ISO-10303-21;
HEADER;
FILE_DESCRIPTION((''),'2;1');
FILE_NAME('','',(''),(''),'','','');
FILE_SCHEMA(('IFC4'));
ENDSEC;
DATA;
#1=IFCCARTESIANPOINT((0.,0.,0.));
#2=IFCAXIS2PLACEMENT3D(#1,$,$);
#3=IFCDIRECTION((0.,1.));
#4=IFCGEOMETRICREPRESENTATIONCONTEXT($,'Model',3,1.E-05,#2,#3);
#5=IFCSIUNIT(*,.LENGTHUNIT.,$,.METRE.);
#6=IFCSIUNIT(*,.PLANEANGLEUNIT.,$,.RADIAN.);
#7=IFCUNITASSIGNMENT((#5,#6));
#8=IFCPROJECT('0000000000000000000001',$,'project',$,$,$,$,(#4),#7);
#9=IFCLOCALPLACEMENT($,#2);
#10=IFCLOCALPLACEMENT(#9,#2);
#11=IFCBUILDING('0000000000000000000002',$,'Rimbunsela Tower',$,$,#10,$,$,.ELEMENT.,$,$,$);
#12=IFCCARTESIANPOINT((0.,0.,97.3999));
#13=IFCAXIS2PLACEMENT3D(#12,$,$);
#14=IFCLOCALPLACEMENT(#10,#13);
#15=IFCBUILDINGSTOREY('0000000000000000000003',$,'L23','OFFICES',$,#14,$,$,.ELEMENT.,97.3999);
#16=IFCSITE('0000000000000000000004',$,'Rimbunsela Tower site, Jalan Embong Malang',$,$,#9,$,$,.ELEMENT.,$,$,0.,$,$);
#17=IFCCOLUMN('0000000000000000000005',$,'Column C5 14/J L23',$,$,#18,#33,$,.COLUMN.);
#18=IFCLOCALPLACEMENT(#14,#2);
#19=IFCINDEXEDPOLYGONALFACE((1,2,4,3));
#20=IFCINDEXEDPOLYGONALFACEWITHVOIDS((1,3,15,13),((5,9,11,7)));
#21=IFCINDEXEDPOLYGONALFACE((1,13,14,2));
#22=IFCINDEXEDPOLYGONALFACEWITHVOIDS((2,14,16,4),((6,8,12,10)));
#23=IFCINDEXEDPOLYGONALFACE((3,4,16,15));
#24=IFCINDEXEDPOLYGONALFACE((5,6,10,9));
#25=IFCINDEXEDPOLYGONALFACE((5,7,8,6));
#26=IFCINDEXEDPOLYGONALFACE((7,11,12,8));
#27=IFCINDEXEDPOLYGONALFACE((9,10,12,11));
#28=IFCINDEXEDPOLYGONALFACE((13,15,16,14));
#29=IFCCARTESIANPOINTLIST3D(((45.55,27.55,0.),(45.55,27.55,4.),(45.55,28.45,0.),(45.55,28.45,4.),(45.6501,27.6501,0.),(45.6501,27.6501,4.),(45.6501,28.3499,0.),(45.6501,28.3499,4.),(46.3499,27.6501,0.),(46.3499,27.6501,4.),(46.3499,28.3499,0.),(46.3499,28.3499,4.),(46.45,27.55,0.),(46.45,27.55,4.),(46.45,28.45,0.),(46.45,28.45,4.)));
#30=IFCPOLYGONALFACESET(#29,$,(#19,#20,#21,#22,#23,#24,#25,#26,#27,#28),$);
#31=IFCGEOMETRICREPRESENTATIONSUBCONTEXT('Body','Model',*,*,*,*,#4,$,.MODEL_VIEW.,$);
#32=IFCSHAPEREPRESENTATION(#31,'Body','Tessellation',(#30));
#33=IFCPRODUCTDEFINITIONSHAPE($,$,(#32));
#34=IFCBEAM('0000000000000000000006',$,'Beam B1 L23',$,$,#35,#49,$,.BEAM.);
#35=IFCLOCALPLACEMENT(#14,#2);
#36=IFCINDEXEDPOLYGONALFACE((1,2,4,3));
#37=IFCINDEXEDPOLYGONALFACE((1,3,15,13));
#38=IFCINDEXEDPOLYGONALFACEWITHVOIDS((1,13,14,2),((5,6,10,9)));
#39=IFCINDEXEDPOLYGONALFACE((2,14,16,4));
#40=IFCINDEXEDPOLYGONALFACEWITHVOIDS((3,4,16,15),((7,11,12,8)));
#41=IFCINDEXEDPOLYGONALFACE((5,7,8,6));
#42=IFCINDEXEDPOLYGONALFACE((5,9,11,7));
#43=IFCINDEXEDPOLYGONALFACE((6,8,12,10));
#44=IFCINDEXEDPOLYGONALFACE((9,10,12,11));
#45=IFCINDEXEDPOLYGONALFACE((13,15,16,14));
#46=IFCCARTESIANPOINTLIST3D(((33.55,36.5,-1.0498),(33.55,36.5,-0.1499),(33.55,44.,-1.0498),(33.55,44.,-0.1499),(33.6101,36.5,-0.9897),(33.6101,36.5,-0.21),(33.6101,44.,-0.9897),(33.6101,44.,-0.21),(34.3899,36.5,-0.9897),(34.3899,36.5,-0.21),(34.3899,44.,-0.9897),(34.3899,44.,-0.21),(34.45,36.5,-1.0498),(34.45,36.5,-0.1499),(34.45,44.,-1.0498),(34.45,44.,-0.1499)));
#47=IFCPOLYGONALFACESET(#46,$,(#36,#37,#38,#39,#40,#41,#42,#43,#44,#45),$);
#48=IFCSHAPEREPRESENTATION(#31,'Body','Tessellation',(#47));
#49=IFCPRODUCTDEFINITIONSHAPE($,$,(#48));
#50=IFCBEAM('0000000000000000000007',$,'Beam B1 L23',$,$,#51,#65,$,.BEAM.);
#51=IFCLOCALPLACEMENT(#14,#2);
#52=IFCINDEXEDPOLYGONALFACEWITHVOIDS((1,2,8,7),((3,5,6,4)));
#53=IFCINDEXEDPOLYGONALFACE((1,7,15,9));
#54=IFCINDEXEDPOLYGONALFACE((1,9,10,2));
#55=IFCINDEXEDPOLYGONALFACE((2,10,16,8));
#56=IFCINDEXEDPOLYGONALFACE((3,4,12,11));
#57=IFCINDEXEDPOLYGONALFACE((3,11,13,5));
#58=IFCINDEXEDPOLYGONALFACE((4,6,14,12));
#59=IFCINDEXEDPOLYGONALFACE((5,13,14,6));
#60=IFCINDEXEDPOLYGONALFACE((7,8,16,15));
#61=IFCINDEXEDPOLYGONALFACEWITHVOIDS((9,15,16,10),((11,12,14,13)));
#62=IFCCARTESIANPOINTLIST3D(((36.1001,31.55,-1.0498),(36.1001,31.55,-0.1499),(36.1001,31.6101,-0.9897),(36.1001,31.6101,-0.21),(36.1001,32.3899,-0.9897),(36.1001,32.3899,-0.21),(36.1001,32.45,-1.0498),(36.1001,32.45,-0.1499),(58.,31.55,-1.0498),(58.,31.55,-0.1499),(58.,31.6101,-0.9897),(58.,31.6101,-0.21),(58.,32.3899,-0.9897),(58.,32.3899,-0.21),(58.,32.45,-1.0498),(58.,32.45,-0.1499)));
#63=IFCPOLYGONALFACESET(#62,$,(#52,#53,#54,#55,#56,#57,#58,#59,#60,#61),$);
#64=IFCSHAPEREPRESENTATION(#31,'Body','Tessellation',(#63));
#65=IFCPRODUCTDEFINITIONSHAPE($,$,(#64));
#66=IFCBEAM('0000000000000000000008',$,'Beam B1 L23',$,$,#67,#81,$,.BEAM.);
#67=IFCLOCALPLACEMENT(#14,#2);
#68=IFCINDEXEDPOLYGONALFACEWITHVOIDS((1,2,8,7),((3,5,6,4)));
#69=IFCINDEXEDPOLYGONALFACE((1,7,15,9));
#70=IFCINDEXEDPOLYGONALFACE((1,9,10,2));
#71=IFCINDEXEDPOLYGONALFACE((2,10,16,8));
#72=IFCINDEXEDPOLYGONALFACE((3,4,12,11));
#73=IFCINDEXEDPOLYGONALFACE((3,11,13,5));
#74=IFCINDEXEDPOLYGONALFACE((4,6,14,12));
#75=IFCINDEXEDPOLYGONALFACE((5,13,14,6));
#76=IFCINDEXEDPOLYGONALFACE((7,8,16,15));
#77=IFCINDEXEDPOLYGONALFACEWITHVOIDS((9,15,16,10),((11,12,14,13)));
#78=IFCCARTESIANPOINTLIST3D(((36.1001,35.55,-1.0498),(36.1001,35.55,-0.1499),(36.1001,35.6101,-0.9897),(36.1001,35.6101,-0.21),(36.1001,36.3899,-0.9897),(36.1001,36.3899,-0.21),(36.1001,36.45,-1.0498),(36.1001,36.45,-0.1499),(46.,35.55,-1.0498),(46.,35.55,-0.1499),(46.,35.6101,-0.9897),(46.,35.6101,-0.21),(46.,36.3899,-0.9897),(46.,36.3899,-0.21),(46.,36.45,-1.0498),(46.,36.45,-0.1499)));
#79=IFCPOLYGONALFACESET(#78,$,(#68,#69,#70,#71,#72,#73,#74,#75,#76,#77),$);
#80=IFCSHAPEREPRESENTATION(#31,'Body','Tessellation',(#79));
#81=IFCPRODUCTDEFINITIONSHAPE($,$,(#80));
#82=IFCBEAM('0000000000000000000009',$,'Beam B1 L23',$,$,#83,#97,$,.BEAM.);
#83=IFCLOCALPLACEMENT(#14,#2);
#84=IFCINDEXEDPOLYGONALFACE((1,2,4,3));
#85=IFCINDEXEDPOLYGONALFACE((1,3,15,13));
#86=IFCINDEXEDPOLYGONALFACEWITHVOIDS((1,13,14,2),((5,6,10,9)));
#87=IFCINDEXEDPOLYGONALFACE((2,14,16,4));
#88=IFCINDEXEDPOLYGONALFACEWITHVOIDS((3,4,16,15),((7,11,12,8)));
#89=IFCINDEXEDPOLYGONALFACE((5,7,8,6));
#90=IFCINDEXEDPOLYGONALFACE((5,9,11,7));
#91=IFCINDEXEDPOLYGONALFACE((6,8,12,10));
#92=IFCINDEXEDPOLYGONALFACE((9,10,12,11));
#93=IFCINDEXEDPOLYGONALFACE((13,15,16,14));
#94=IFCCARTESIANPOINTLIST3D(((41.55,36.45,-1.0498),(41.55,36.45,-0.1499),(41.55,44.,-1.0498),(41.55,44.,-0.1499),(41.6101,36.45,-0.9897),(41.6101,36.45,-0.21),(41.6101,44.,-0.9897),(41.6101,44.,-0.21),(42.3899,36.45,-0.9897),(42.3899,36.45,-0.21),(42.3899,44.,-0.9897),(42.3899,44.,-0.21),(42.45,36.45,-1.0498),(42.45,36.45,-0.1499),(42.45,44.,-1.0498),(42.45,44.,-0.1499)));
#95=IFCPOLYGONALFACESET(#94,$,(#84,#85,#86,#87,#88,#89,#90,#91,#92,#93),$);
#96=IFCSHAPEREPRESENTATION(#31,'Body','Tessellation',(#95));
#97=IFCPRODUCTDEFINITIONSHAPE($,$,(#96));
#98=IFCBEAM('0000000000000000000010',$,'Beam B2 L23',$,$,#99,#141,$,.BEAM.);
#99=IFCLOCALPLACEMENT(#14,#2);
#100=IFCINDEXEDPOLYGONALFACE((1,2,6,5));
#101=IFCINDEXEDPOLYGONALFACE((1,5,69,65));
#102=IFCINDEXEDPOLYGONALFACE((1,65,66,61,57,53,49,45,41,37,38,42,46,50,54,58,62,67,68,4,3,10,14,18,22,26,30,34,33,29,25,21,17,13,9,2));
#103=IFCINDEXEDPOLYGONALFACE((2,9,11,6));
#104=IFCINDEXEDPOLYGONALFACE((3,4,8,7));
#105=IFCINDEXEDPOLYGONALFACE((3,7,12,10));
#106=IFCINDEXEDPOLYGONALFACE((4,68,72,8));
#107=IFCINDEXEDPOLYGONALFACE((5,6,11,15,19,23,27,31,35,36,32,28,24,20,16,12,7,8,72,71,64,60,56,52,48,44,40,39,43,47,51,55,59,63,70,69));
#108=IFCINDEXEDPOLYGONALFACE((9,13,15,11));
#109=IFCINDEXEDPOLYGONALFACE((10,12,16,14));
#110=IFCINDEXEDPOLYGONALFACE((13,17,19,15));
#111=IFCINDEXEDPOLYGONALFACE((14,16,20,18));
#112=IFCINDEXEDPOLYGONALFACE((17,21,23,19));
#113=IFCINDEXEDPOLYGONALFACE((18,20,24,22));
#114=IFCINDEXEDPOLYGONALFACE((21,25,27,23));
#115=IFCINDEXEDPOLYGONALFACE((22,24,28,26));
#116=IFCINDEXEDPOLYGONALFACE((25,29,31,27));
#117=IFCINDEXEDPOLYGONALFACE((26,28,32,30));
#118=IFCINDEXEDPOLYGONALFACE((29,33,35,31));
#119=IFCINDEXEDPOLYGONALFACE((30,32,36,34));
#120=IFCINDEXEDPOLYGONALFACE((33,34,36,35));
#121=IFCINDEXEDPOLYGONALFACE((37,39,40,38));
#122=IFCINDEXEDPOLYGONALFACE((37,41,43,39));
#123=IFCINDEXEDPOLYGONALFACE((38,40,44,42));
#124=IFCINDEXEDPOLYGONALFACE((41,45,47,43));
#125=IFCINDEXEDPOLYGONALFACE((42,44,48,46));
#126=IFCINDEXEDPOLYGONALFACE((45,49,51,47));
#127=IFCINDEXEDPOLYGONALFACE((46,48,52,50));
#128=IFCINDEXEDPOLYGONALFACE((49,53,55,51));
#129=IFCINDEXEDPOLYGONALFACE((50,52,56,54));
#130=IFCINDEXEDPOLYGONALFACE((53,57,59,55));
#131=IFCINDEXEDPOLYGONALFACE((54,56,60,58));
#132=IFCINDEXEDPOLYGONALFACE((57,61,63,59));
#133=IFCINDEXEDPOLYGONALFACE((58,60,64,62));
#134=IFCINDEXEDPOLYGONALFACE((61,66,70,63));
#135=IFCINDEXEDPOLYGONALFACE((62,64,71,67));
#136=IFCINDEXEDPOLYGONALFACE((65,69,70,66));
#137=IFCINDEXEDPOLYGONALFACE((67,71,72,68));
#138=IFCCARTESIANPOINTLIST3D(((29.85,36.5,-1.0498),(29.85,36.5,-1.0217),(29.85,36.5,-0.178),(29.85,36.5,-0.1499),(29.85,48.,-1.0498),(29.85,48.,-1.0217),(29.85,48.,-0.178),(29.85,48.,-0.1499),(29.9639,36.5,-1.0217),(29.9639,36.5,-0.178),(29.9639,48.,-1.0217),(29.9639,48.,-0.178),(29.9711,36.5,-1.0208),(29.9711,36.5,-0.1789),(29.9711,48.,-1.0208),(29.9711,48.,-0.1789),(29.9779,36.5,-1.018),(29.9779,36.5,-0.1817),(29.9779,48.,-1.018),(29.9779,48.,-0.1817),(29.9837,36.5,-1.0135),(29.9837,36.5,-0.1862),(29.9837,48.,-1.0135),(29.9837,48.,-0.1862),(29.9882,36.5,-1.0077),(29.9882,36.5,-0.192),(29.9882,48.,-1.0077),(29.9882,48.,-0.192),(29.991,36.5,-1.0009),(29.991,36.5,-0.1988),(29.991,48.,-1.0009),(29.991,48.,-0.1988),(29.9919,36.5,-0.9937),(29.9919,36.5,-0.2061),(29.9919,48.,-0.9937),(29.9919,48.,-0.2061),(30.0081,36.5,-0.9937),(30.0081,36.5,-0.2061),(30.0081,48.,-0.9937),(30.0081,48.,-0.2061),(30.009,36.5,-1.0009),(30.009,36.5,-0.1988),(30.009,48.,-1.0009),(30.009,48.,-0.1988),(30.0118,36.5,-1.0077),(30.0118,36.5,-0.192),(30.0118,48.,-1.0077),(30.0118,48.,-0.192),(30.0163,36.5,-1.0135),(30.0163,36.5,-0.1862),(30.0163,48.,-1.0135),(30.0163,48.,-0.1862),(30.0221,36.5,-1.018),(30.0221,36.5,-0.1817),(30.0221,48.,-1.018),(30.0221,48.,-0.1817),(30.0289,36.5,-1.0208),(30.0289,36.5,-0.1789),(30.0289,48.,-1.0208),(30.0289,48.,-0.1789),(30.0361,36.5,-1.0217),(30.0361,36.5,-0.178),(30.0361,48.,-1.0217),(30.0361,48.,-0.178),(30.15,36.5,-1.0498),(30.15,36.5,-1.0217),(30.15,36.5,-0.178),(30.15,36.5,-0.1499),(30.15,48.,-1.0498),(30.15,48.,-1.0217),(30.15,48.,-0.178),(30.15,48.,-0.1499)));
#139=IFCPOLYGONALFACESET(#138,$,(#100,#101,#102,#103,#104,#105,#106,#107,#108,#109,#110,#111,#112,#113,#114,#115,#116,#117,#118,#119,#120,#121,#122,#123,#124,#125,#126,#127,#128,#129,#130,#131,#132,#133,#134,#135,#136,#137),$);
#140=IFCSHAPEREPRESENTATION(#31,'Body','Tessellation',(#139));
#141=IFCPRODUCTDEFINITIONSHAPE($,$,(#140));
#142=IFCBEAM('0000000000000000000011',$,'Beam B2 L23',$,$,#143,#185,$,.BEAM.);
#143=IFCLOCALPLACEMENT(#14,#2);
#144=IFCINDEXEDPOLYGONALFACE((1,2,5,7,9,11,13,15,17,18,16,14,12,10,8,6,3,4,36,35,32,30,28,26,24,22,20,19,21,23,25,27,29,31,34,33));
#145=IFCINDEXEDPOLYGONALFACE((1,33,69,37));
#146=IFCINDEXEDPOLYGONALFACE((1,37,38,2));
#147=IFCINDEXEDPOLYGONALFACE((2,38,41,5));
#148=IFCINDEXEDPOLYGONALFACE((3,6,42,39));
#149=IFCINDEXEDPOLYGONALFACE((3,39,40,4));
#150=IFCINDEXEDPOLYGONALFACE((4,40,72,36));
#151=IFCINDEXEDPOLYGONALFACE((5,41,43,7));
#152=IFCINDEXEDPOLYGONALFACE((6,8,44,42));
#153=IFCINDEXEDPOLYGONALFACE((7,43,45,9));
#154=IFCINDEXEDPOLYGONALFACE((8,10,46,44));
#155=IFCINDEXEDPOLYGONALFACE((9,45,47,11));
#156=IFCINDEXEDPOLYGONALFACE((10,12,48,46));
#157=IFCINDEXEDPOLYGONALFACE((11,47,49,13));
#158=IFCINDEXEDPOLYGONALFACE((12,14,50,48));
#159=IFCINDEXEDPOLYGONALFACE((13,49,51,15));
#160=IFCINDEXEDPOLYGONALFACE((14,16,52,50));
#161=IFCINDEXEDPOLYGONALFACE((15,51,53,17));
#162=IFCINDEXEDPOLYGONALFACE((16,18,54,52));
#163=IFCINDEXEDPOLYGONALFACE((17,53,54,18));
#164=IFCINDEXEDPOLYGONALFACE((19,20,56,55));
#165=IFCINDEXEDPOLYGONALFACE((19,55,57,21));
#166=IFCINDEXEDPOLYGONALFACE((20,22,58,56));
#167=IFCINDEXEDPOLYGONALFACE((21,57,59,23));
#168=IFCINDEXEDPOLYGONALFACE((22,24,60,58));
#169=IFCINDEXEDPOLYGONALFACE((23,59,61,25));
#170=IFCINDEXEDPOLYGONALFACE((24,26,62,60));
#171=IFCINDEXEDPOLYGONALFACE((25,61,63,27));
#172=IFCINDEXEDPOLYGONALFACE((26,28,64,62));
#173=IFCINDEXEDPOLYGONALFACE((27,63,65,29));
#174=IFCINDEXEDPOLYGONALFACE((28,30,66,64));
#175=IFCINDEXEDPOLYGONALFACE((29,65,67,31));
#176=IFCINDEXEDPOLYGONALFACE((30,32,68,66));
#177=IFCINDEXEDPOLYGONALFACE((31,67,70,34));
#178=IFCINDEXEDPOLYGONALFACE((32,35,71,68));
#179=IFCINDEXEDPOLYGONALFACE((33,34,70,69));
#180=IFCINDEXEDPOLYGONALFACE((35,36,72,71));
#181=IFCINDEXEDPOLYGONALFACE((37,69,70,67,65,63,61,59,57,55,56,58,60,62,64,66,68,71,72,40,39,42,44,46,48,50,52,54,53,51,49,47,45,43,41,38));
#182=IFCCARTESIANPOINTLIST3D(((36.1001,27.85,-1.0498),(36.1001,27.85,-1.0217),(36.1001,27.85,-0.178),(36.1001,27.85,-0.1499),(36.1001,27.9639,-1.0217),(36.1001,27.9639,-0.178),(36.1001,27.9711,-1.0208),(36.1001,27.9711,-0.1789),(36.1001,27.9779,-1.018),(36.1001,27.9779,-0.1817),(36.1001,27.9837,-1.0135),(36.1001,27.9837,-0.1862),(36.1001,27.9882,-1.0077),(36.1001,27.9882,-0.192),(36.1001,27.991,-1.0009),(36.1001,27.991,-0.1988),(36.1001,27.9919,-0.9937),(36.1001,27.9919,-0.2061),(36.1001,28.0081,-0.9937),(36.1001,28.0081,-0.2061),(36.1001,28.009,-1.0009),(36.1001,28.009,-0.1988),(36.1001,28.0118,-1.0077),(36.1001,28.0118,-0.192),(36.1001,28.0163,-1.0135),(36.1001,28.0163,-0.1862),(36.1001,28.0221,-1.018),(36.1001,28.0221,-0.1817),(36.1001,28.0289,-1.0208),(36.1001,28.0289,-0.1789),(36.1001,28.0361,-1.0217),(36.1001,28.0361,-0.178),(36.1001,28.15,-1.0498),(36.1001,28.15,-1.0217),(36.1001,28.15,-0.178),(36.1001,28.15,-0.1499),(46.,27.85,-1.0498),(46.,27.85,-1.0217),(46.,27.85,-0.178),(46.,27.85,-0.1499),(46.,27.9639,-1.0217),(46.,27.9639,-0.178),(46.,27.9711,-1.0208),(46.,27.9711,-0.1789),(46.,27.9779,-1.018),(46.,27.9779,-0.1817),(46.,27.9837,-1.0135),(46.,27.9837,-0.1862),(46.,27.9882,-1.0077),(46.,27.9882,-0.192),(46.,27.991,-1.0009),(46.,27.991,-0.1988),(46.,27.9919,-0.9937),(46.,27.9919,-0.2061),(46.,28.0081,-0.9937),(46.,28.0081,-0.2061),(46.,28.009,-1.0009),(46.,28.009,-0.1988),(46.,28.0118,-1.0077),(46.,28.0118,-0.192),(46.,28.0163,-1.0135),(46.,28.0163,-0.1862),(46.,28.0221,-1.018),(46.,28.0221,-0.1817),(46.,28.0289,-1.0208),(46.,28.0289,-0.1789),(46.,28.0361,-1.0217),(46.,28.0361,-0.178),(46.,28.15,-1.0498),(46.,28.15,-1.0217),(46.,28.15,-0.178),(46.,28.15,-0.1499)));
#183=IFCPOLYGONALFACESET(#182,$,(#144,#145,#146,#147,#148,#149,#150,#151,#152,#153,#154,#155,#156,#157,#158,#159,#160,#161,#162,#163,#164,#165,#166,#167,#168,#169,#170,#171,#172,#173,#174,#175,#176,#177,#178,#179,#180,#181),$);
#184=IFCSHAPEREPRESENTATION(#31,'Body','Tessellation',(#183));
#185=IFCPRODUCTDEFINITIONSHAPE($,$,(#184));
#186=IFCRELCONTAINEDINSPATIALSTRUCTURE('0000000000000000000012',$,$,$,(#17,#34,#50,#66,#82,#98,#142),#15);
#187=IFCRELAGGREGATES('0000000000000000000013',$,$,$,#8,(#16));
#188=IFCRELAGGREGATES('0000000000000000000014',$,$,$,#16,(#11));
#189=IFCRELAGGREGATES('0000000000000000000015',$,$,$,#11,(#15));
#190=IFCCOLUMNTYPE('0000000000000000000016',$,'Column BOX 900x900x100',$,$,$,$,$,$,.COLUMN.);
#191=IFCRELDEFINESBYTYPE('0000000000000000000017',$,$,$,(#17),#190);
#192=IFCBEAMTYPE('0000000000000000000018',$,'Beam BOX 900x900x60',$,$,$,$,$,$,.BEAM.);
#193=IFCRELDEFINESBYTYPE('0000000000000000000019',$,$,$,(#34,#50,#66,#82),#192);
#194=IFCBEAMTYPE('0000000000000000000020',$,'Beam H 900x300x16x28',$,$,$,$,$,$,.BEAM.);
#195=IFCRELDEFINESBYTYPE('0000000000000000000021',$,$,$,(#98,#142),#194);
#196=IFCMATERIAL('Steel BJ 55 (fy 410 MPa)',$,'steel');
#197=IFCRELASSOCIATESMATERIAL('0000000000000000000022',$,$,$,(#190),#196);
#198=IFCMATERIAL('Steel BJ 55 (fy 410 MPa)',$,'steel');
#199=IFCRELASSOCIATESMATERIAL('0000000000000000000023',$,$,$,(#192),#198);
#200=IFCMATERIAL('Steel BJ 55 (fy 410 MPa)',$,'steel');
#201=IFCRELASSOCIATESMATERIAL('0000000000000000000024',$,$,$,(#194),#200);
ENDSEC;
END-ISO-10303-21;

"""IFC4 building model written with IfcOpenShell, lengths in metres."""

from ifc_helpers import new_model, si_unit, direction, frame, origin, origin_2d, place, context, subcontext, project, spatial, hollow_rectangle, i_section, extrude, material, material_profile, profile_set, type_object, element, save


model = new_model("IFC4")

# Units and contexts
model_context = context("Model", 3, precision=1e-05, world=origin(), true_north=direction((0.0, 1.0)))
body_context = subcontext(model_context, "Body", "Model", "MODEL_VIEW")
ifc_project = project(units=[si_unit("LENGTHUNIT", "METRE"), si_unit("PLANEANGLEUNIT", "RADIAN")], contexts=[model_context])

# Site, building, storey
site_placement = place(None, origin())
site = spatial("IfcSite", under=ifc_project, at=site_placement, Name="Rimbunsela Tower site, Jalan Embong Malang", CompositionType="ELEMENT", RefElevation=0.0)
building_placement = place(site_placement, origin())
building = spatial("IfcBuilding", under=site, at=building_placement, Name="Rimbunsela Tower", CompositionType="ELEMENT")
storey_placement = place(building_placement, frame((0.0, 0.0, 97.3999)))
storey = spatial("IfcBuildingStorey", under=building, at=storey_placement, Name="L23", Description="OFFICES", CompositionType="ELEMENT", Elevation=97.3999)

# Column
ifc_material_1 = material(Name="Steel BJ 55 (fy 410 MPa)", Category="steel")
ifc_material_profile_1 = material_profile(ifc_material_1, hollow_rectangle(XDim=0.8999, YDim=0.8999, WallThickness=0.1001, at=origin_2d()), Name="BOX 900x900x100")
ifc_profile_set_1 = profile_set([ifc_material_profile_1], Name="Steel BJ 55 (fy 410 MPa)")
column_type = type_object("IfcColumnType", Name="Column BOX 900x900x100", PredefinedType="COLUMN", material=ifc_profile_set_1)
column_placement = place(storey_placement, frame((46.0, 28.0, 0.0), z_axis=(0.0, 0.0, 1.0), x_axis=(1.0, 0.0, 0.0)))
element("IfcColumn", 1, at=column_placement, inside=storey, type_object=column_type, Name="Column C5 14/J L23", PredefinedType="COLUMN", context=body_context, shape_type="SweptSolid", body=[
    extrude(hollow_rectangle(XDim=0.8999, YDim=0.8999, WallThickness=0.1001, at=origin_2d()), origin(), (0.0, 0.0, 1.0), 4.0),
])

# Beams
ifc_material_2 = material(Name="Steel BJ 55 (fy 410 MPa)", Category="steel")
ifc_material_profile_2 = material_profile(ifc_material_2, hollow_rectangle(XDim=0.8999, YDim=0.8999, WallThickness=0.0601, at=origin_2d()), Name="BOX 900x900x60")
ifc_profile_set_2 = profile_set([ifc_material_profile_2], Name="Steel BJ 55 (fy 410 MPa)")
beam_type_1 = type_object("IfcBeamType", Name="Beam BOX 900x900x60", PredefinedType="BEAM", material=ifc_profile_set_2)
beam_1_placement = place(storey_placement, frame((34.0, 36.5, -0.5999), z_axis=(0.0, 1.0, 0.0), x_axis=(-1.0, 0.0, 0.0)))
element("IfcBeam", 2, at=beam_1_placement, inside=storey, type_object=beam_type_1, Name="Beam B1 L23", PredefinedType="BEAM", context=body_context, shape_type="SweptSolid", body=[
    extrude(hollow_rectangle(XDim=0.8999, YDim=0.8999, WallThickness=0.0601, at=origin_2d()), origin(), (0.0, 0.0, 1.0), 7.5),
])
beam_2_placement = place(storey_placement, frame((36.1001, 32.0, -0.5999), z_axis=(1.0, 0.0, 0.0), x_axis=(0.0, 1.0, 0.0)))
element("IfcBeam", 3, at=beam_2_placement, inside=storey, type_object=beam_type_1, Name="Beam B1 L23", PredefinedType="BEAM", context=body_context, shape_type="SweptSolid", body=[
    extrude(hollow_rectangle(XDim=0.8999, YDim=0.8999, WallThickness=0.0601, at=origin_2d()), origin(), (0.0, 0.0, 1.0), 21.8999),
])
beam_3_placement = place(storey_placement, frame((36.1001, 36.0, -0.5999), z_axis=(1.0, 0.0, 0.0), x_axis=(0.0, 1.0, 0.0)))
element("IfcBeam", 4, at=beam_3_placement, inside=storey, type_object=beam_type_1, Name="Beam B1 L23", PredefinedType="BEAM", context=body_context, shape_type="SweptSolid", body=[
    extrude(hollow_rectangle(XDim=0.8999, YDim=0.8999, WallThickness=0.0601, at=origin_2d()), origin(), (0.0, 0.0, 1.0), 9.8999),
])
beam_4_placement = place(storey_placement, frame((42.0, 36.45, -0.5999), z_axis=(0.0, 1.0, 0.0), x_axis=(-1.0, 0.0, 0.0)))
element("IfcBeam", 5, at=beam_4_placement, inside=storey, type_object=beam_type_1, Name="Beam B1 L23", PredefinedType="BEAM", context=body_context, shape_type="SweptSolid", body=[
    extrude(hollow_rectangle(XDim=0.8999, YDim=0.8999, WallThickness=0.0601, at=origin_2d()), origin(), (0.0, 0.0, 1.0), 7.55),
])
ifc_material_3 = material(Name="Steel BJ 55 (fy 410 MPa)", Category="steel")
ifc_material_profile_3 = material_profile(ifc_material_3, i_section(OverallWidth=0.3, OverallDepth=0.8999, WebThickness=0.0161, FlangeThickness=0.0281, FilletRadius=0.0281, at=origin_2d()), Name="H 900x300x16x28")
ifc_profile_set_3 = profile_set([ifc_material_profile_3], Name="Steel BJ 55 (fy 410 MPa)")
beam_type_2 = type_object("IfcBeamType", Name="Beam H 900x300x16x28", PredefinedType="BEAM", material=ifc_profile_set_3)
beam_5_placement = place(storey_placement, frame((30.0, 36.5, -0.5999), z_axis=(0.0, 1.0, 0.0), x_axis=(-1.0, 0.0, 0.0)))
element("IfcBeam", 6, at=beam_5_placement, inside=storey, type_object=beam_type_2, Name="Beam B2 L23", PredefinedType="BEAM", context=body_context, shape_type="SweptSolid", body=[
    extrude(i_section(OverallWidth=0.3, OverallDepth=0.8999, WebThickness=0.0161, FlangeThickness=0.0281, FilletRadius=0.0281, at=origin_2d()), origin(), (0.0, 0.0, 1.0), 11.5),
])
beam_6_placement = place(storey_placement, frame((36.1001, 28.0, -0.5999), z_axis=(1.0, 0.0, 0.0), x_axis=(0.0, 1.0, 0.0)))
element("IfcBeam", 7, at=beam_6_placement, inside=storey, type_object=beam_type_2, Name="Beam B2 L23", PredefinedType="BEAM", context=body_context, shape_type="SweptSolid", body=[
    extrude(i_section(OverallWidth=0.3, OverallDepth=0.8999, WebThickness=0.0161, FlangeThickness=0.0281, FilletRadius=0.0281, at=origin_2d()), origin(), (0.0, 0.0, 1.0), 9.8999),
])

save(model, "model.ifc")
